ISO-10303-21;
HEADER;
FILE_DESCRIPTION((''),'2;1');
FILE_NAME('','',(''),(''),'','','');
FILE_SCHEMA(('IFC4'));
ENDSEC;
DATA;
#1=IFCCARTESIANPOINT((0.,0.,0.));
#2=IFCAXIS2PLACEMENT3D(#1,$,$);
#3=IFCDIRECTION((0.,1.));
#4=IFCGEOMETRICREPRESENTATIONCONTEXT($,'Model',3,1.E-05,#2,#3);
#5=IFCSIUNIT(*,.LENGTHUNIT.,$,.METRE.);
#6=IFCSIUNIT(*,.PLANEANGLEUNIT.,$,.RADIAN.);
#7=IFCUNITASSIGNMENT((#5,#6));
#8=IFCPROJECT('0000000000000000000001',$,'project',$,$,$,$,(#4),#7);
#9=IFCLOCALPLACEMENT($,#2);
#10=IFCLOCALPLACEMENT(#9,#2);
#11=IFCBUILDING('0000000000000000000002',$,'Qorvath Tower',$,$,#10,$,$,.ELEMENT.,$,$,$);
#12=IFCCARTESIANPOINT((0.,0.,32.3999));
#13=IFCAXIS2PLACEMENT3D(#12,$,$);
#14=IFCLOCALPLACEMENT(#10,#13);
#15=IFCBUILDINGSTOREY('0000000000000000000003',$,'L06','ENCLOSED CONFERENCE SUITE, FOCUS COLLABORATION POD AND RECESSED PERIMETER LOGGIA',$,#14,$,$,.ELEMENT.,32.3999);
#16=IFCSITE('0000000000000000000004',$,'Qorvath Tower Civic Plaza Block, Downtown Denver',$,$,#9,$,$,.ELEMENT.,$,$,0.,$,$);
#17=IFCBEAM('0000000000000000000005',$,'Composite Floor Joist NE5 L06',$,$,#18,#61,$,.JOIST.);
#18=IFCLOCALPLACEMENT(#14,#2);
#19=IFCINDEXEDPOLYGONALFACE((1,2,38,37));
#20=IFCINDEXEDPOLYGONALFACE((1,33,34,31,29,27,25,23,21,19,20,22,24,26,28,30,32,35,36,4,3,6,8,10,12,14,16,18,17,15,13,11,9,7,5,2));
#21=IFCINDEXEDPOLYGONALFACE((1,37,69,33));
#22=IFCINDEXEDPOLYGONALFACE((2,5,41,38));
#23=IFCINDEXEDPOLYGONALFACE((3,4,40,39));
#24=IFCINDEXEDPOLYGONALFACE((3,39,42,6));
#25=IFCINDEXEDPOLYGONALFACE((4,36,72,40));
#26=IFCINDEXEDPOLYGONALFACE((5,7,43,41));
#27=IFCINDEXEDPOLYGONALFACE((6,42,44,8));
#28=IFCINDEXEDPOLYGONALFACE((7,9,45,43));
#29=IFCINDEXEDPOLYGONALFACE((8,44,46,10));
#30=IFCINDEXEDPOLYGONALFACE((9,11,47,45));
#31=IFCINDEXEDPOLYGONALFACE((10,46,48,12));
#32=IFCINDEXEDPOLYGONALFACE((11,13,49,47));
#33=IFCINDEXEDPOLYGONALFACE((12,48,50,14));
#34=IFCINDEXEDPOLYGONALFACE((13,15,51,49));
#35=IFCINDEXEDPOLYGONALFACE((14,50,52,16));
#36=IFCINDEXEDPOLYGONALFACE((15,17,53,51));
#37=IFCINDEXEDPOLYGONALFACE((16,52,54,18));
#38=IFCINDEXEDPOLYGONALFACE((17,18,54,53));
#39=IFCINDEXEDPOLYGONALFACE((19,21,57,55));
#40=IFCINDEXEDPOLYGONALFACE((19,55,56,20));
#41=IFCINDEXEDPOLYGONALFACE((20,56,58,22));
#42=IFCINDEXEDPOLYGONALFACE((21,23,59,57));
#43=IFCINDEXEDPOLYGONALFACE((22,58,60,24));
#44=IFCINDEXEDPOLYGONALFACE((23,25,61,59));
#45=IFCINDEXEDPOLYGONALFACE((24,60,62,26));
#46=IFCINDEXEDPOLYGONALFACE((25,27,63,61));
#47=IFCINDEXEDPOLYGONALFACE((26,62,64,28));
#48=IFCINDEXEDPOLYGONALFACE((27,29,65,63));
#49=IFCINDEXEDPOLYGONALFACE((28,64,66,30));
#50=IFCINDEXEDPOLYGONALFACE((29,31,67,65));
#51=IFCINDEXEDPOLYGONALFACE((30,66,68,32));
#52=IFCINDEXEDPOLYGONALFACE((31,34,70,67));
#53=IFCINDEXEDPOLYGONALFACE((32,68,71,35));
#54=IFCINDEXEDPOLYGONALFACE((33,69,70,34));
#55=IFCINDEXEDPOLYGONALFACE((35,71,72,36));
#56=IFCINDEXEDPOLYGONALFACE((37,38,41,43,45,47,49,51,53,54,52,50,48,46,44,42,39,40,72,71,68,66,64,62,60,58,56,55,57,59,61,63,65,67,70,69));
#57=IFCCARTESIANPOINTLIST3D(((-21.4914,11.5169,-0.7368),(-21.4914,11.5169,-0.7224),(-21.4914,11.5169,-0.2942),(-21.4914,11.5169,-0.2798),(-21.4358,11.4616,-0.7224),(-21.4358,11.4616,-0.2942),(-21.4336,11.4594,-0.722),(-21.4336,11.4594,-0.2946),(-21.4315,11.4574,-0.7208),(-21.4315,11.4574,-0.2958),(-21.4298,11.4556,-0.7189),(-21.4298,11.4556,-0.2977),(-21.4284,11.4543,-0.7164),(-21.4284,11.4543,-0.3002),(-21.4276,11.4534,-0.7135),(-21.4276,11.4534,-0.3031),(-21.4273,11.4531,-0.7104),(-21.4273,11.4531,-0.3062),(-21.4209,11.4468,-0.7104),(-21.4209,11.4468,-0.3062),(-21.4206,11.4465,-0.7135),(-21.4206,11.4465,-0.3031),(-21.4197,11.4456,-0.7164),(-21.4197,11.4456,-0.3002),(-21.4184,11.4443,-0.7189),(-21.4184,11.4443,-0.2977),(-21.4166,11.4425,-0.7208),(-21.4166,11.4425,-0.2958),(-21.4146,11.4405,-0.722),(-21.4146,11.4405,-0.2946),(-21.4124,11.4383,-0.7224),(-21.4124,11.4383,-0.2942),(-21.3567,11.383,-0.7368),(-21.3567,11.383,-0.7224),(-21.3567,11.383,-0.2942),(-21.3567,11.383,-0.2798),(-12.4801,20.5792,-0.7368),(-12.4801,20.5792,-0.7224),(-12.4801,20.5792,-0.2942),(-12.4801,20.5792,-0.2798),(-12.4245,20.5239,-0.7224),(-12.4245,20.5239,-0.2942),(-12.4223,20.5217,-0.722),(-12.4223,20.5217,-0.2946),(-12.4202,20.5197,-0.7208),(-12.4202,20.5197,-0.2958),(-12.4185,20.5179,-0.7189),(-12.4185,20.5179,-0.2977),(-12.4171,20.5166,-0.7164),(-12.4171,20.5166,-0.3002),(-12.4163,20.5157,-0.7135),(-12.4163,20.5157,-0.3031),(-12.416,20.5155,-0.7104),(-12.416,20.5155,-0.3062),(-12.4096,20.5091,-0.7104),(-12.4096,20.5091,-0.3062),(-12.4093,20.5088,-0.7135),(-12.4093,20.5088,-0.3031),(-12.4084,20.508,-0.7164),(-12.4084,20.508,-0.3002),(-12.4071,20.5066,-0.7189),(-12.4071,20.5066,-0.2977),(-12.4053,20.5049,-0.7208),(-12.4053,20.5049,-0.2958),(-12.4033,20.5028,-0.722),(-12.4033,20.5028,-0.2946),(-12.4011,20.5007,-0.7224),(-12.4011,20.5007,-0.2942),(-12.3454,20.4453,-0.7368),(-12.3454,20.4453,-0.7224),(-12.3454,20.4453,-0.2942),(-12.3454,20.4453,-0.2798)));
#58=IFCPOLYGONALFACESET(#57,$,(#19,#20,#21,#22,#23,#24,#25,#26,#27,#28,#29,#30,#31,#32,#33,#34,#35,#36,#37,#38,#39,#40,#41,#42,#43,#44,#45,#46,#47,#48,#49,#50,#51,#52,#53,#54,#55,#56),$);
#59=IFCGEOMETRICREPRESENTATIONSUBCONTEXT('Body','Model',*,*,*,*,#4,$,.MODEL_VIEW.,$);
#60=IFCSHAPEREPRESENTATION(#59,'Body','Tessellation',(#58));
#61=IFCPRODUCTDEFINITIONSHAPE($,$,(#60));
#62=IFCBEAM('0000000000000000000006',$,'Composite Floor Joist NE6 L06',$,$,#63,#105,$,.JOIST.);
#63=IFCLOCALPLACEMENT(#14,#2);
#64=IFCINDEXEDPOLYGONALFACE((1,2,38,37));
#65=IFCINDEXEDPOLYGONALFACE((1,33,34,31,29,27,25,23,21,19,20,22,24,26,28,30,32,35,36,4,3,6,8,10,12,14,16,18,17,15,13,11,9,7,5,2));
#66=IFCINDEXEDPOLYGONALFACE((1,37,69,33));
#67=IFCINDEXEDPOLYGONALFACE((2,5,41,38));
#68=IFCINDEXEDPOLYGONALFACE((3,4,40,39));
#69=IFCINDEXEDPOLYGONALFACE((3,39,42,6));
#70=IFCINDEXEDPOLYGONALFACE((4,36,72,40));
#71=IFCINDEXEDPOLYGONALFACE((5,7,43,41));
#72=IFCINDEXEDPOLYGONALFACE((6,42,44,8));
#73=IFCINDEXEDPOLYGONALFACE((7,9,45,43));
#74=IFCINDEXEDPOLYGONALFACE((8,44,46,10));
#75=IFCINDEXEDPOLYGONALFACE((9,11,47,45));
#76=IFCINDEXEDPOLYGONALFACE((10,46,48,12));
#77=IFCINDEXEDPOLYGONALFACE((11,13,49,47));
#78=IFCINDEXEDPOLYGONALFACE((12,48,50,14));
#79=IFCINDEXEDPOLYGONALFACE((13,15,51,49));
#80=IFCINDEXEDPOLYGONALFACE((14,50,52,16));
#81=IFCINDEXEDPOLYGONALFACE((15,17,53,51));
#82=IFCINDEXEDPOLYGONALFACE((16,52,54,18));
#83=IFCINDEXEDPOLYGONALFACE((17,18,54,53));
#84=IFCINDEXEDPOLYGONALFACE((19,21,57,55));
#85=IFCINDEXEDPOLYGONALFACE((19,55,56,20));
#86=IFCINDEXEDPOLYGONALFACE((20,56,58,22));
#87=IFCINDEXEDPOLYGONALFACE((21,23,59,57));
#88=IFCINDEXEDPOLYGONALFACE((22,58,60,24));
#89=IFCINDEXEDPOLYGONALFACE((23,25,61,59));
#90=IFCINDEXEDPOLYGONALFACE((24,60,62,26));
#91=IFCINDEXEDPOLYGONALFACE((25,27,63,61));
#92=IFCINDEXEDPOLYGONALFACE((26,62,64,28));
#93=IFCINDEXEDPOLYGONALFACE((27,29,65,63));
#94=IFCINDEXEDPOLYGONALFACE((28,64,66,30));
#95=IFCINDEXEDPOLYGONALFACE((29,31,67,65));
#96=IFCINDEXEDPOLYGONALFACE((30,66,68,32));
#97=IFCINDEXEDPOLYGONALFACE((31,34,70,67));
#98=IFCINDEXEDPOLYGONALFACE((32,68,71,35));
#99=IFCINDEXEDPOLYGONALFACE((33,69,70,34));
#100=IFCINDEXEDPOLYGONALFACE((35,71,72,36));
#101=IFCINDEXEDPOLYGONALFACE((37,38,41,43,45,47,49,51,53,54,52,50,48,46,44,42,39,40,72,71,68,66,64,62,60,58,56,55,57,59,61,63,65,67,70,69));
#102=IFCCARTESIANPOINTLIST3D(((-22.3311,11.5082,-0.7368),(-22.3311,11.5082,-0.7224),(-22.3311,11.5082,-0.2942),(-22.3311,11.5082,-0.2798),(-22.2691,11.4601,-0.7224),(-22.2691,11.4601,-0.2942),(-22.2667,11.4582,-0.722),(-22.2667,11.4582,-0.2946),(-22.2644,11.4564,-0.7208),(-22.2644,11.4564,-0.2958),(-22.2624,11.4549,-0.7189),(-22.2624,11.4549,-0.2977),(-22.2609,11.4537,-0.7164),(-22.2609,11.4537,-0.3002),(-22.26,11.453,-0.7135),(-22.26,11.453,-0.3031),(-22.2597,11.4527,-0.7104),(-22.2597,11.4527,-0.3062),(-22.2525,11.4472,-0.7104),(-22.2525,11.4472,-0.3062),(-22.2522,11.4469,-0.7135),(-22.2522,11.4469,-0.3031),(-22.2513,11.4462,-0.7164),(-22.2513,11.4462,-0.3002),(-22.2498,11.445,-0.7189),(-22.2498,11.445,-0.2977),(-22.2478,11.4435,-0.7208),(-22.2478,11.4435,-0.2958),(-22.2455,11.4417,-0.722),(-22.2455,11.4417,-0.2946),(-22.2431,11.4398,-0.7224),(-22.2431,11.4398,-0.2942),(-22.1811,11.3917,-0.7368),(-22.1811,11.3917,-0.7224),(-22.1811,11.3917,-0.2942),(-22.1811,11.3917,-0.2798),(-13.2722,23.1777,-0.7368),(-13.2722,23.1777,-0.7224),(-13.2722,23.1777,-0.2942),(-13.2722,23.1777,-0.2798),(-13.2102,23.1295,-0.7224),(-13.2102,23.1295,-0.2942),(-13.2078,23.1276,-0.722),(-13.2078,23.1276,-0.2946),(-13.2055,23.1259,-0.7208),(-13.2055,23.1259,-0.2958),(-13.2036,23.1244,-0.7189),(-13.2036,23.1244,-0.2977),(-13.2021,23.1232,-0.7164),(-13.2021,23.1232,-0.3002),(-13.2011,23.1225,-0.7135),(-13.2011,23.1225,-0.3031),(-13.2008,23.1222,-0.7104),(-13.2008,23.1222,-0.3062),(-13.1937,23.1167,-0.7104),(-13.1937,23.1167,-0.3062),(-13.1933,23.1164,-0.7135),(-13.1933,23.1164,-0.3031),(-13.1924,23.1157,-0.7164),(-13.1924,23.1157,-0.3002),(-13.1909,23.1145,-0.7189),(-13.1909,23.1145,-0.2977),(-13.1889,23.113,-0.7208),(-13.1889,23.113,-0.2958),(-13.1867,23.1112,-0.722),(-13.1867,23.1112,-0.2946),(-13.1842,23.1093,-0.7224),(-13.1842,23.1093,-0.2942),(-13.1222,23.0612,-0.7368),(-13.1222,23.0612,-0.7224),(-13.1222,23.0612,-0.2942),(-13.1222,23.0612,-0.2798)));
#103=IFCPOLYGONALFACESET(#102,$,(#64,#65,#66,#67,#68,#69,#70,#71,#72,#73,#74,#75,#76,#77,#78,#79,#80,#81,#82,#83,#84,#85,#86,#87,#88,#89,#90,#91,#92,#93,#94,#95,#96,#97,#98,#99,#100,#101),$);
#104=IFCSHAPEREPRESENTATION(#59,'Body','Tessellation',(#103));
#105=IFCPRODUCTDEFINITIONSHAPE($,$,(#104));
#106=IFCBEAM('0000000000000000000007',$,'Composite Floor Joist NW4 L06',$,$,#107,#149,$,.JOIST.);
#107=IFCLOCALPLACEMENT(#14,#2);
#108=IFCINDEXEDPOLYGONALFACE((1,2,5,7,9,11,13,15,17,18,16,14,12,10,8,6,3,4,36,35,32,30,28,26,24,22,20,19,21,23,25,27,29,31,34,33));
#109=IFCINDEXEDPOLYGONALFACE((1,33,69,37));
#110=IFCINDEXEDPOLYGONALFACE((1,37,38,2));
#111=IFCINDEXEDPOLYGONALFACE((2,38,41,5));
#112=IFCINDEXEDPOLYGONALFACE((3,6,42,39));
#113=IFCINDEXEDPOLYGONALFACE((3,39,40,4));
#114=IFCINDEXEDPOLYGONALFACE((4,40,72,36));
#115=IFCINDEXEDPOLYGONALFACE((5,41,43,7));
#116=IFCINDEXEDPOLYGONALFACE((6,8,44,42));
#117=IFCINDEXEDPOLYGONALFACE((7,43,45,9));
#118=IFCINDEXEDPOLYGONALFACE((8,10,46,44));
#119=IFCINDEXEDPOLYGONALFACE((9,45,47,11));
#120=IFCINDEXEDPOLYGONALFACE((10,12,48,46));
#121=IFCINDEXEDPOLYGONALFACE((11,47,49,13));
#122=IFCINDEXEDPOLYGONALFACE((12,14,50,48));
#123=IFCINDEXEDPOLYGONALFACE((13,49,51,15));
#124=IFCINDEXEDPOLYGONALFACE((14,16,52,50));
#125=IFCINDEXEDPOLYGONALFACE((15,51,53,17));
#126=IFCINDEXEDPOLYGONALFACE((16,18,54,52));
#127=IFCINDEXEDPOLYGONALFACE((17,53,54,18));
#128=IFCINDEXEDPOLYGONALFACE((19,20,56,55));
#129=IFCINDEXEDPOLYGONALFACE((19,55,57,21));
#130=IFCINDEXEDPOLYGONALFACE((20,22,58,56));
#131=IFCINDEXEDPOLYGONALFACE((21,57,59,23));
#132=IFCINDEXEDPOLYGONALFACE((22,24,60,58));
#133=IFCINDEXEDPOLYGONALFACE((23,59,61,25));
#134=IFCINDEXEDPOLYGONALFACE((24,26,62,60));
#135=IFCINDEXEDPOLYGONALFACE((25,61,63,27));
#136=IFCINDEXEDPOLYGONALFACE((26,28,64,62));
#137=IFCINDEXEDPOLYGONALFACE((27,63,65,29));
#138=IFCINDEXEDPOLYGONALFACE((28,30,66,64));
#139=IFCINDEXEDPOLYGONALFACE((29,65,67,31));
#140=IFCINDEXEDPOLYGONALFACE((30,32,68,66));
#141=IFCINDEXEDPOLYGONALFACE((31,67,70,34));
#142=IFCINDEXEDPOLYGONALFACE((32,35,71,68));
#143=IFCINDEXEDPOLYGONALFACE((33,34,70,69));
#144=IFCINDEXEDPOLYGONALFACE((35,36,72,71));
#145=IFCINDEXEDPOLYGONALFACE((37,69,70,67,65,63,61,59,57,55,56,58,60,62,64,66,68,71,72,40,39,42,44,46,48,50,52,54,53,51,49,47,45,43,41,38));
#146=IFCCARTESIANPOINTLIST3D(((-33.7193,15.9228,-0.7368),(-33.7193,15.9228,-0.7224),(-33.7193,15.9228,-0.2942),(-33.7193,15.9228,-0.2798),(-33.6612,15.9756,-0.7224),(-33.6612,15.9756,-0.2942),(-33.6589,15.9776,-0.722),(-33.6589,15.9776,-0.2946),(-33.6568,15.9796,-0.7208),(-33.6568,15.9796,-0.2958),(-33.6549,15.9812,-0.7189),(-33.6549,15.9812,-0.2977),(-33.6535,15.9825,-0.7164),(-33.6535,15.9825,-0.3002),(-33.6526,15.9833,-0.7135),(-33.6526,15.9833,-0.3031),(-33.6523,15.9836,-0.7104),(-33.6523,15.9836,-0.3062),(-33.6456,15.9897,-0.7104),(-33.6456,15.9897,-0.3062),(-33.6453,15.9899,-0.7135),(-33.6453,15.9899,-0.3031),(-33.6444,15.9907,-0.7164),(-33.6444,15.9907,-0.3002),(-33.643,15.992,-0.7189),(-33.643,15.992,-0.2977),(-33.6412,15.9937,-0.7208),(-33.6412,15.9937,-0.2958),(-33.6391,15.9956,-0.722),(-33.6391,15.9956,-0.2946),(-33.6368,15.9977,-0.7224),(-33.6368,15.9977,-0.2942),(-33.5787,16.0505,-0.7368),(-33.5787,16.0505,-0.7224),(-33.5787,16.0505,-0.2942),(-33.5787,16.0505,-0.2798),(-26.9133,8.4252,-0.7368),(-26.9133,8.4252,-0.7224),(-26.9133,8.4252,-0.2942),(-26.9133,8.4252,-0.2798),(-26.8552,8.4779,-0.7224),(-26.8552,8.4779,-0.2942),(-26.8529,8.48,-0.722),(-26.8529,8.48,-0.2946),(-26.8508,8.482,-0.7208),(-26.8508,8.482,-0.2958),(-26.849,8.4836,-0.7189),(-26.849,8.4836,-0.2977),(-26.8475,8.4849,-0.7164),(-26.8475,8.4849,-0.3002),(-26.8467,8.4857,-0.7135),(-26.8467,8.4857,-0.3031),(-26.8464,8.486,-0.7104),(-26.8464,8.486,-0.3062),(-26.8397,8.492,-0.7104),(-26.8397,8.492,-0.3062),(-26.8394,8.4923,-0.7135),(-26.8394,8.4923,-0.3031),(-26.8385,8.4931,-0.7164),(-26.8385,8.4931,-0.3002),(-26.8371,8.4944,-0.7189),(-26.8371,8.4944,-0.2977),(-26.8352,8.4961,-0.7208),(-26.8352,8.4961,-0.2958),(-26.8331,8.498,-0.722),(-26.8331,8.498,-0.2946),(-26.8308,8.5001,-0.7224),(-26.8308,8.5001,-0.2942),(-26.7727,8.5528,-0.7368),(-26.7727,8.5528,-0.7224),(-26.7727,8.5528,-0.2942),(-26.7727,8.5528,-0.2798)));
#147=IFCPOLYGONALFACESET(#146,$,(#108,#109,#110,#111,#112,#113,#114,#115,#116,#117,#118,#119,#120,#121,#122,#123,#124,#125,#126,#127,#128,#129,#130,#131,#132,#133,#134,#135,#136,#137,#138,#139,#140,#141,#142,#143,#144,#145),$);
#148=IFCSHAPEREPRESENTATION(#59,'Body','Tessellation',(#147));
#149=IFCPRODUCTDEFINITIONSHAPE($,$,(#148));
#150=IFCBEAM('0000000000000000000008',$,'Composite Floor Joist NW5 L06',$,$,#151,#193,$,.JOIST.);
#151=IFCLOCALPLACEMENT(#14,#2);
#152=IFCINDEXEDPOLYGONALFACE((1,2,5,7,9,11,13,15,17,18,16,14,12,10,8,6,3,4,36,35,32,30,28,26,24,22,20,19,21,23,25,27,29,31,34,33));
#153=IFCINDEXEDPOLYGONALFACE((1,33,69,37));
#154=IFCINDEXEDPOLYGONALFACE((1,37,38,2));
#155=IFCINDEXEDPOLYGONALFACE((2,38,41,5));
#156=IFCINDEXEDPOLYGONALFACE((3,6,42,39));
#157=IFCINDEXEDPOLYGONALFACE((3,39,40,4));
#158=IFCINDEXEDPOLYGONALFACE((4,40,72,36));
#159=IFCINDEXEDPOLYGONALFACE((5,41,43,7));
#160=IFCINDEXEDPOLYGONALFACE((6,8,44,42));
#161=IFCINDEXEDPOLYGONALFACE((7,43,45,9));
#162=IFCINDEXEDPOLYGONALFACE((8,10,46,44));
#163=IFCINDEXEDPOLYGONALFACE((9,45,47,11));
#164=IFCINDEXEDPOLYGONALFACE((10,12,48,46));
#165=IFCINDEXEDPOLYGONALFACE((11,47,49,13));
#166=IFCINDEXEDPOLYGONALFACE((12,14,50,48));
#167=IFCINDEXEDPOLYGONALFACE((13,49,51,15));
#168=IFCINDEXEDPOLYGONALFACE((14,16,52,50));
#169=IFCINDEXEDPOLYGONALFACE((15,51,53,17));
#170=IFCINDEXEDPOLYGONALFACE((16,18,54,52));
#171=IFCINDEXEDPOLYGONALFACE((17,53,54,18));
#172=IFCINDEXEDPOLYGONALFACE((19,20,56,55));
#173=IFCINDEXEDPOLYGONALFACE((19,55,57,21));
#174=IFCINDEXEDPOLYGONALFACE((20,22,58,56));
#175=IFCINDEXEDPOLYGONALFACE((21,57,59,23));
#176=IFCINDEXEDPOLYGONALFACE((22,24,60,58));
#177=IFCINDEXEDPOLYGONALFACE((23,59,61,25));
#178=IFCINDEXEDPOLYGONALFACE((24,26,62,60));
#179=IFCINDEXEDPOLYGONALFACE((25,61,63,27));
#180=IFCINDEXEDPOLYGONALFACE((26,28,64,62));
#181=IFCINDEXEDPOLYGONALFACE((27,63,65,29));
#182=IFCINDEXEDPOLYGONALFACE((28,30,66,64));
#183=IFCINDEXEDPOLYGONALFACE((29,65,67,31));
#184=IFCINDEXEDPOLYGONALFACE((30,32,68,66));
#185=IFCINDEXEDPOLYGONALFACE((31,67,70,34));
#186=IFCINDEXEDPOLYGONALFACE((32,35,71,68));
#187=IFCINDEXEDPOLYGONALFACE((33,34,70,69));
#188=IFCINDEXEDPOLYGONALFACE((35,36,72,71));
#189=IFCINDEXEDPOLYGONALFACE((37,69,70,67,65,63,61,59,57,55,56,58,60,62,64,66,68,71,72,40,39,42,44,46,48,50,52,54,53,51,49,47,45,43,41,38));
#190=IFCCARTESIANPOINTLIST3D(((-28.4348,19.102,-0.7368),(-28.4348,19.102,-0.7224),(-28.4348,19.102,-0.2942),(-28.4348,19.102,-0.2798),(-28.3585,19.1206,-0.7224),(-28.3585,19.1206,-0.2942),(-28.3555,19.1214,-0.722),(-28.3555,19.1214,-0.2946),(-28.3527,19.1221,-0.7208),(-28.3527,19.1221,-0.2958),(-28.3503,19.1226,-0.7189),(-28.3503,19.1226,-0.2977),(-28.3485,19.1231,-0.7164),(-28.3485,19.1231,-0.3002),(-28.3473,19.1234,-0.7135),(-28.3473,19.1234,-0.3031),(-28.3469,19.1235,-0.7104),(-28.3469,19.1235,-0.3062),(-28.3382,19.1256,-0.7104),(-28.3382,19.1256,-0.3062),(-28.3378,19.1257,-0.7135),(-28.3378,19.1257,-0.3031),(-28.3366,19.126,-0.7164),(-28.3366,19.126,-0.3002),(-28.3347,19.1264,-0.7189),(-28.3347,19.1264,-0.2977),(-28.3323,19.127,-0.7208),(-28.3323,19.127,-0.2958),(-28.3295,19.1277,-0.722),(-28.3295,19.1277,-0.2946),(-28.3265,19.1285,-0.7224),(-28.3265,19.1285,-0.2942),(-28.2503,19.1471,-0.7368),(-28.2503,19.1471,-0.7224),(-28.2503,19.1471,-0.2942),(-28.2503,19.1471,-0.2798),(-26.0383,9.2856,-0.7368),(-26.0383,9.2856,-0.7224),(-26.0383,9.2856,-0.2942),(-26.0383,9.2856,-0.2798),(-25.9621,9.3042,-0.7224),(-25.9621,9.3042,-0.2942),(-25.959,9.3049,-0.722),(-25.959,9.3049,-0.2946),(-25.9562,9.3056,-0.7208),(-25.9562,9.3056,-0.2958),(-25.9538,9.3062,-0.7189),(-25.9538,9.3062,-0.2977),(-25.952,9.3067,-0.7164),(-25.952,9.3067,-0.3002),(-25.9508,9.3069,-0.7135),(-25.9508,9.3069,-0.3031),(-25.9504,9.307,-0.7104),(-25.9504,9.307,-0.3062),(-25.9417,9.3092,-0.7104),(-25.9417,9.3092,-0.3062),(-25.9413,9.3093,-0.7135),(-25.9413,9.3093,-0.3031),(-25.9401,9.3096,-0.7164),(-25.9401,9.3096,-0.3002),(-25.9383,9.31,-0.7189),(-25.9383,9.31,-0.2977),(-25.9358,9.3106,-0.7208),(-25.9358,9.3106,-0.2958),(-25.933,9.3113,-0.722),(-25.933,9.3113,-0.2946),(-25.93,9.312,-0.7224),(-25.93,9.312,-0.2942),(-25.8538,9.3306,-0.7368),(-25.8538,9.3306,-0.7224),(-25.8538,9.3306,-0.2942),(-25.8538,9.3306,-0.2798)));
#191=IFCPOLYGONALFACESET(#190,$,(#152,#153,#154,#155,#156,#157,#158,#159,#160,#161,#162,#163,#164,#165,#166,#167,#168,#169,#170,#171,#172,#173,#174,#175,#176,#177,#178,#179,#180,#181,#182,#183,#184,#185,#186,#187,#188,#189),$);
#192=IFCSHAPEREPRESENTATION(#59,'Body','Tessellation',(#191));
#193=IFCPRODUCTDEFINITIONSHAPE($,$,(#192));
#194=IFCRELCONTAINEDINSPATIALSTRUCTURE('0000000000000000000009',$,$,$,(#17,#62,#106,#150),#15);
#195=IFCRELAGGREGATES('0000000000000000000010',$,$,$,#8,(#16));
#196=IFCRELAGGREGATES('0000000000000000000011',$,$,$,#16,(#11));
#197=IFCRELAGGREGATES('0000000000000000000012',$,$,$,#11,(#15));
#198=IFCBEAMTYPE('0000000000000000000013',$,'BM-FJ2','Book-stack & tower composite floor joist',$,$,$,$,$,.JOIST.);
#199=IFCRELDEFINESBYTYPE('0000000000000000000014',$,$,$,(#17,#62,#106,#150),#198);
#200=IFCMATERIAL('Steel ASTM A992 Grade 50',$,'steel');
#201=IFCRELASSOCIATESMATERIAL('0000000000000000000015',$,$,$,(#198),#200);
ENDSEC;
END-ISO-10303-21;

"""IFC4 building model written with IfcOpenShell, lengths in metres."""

from ifc_helpers import new_model, si_unit, direction, frame, origin, origin_2d, place, context, subcontext, project, spatial, i_section, extrude, material, material_profile, profile_set, type_object, element, save


model = new_model("IFC4")

# Units and contexts
model_context = context("Model", 3, precision=1e-05, world=origin(), true_north=direction((0.0, 1.0)))
body_context = subcontext(model_context, "Body", "Model", "MODEL_VIEW")
ifc_project = project(units=[si_unit("LENGTHUNIT", "METRE"), si_unit("PLANEANGLEUNIT", "RADIAN")], contexts=[model_context])

# Site, building, storey
site_placement = place(None, origin())
site = spatial("IfcSite", under=ifc_project, at=site_placement, Name="Qorvath Tower Civic Plaza Block, Downtown Denver", CompositionType="ELEMENT", RefElevation=0.0)
building_placement = place(site_placement, origin())
building = spatial("IfcBuilding", under=site, at=building_placement, Name="Qorvath Tower", CompositionType="ELEMENT")
storey_placement = place(building_placement, frame((0.0, 0.0, 32.3999)))
storey = spatial("IfcBuildingStorey", under=building, at=storey_placement, Name="L06", Description="ENCLOSED CONFERENCE SUITE, FOCUS COLLABORATION POD AND RECESSED PERIMETER LOGGIA", CompositionType="ELEMENT", Elevation=32.3999)

# Beams
ifc_material_1 = material(Name="Steel ASTM A992 Grade 50", Category="steel")
ifc_material_profile_1 = material_profile(ifc_material_1, i_section(OverallWidth=0.1899, OverallDepth=0.457, WebThickness=0.009, FlangeThickness=0.0144, FilletRadius=0.012, at=origin_2d()), Name="W18x50")
ifc_profile_set_1 = profile_set([ifc_material_profile_1], Name="Steel ASTM A992 Grade 50")
beam_type_1 = type_object("IfcBeamType", Name="BM-FJ2", Description="Book-stack & tower composite floor joist", PredefinedType="JOIST", material=ifc_profile_set_1)
beam_1_placement = place(storey_placement, frame((-21.4241, 11.45, -0.5083), z_axis=(0.705108, 0.7091, 0.0), x_axis=(-0.7091, 0.705108, 0.0)))
element("IfcBeam", 1, at=beam_1_placement, inside=storey, type_object=beam_type_1, Name="Composite Floor Joist NE5 L06", PredefinedType="JOIST", context=body_context, shape_type="SweptSolid", body=[
    extrude(i_section(OverallWidth=0.1899, OverallDepth=0.457, WebThickness=0.009, FlangeThickness=0.0144, FilletRadius=0.012, at=origin_2d()), origin(), (0.0, 0.0, 1.0), 12.78),
])
beam_2_placement = place(storey_placement, frame((-22.2561, 11.45, -0.5083), z_axis=(0.613207, 0.789922, 0.0), x_axis=(-0.789922, 0.613207, 0.0)))
element("IfcBeam", 2, at=beam_2_placement, inside=storey, type_object=beam_type_1, Name="Composite Floor Joist NE6 L06", PredefinedType="JOIST", context=body_context, shape_type="SweptSolid", body=[
    extrude(i_section(OverallWidth=0.1899, OverallDepth=0.457, WebThickness=0.009, FlangeThickness=0.0144, FilletRadius=0.012, at=origin_2d()), origin(), (0.0, 0.0, 1.0), 14.7729),
])
beam_3_placement = place(storey_placement, frame((-26.843, 8.489, -0.5083), z_axis=(-0.672129, 0.740434, 0.0), x_axis=(-0.740434, -0.672129, 0.0)))
element("IfcBeam", 3, at=beam_3_placement, inside=storey, type_object=beam_type_1, Name="Composite Floor Joist NW4 L06", PredefinedType="JOIST", context=body_context, shape_type="SweptSolid", body=[
    extrude(i_section(OverallWidth=0.1899, OverallDepth=0.457, WebThickness=0.009, FlangeThickness=0.0144, FilletRadius=0.012, at=origin_2d()), origin(), (0.0, 0.0, 1.0), 10.126),
])
beam_4_placement = place(storey_placement, frame((-25.946, 9.3081, -0.5083), z_axis=(-0.237165, 0.971469, 0.0), x_axis=(-0.971469, -0.237165, 0.0)))
element("IfcBeam", 4, at=beam_4_placement, inside=storey, type_object=beam_type_1, Name="Composite Floor Joist NW5 L06", PredefinedType="JOIST", context=body_context, shape_type="SweptSolid", body=[
    extrude(i_section(OverallWidth=0.1899, OverallDepth=0.457, WebThickness=0.009, FlangeThickness=0.0144, FilletRadius=0.012, at=origin_2d()), origin(), (0.0, 0.0, 1.0), 10.1047),
])

save(model, "model.ifc")
